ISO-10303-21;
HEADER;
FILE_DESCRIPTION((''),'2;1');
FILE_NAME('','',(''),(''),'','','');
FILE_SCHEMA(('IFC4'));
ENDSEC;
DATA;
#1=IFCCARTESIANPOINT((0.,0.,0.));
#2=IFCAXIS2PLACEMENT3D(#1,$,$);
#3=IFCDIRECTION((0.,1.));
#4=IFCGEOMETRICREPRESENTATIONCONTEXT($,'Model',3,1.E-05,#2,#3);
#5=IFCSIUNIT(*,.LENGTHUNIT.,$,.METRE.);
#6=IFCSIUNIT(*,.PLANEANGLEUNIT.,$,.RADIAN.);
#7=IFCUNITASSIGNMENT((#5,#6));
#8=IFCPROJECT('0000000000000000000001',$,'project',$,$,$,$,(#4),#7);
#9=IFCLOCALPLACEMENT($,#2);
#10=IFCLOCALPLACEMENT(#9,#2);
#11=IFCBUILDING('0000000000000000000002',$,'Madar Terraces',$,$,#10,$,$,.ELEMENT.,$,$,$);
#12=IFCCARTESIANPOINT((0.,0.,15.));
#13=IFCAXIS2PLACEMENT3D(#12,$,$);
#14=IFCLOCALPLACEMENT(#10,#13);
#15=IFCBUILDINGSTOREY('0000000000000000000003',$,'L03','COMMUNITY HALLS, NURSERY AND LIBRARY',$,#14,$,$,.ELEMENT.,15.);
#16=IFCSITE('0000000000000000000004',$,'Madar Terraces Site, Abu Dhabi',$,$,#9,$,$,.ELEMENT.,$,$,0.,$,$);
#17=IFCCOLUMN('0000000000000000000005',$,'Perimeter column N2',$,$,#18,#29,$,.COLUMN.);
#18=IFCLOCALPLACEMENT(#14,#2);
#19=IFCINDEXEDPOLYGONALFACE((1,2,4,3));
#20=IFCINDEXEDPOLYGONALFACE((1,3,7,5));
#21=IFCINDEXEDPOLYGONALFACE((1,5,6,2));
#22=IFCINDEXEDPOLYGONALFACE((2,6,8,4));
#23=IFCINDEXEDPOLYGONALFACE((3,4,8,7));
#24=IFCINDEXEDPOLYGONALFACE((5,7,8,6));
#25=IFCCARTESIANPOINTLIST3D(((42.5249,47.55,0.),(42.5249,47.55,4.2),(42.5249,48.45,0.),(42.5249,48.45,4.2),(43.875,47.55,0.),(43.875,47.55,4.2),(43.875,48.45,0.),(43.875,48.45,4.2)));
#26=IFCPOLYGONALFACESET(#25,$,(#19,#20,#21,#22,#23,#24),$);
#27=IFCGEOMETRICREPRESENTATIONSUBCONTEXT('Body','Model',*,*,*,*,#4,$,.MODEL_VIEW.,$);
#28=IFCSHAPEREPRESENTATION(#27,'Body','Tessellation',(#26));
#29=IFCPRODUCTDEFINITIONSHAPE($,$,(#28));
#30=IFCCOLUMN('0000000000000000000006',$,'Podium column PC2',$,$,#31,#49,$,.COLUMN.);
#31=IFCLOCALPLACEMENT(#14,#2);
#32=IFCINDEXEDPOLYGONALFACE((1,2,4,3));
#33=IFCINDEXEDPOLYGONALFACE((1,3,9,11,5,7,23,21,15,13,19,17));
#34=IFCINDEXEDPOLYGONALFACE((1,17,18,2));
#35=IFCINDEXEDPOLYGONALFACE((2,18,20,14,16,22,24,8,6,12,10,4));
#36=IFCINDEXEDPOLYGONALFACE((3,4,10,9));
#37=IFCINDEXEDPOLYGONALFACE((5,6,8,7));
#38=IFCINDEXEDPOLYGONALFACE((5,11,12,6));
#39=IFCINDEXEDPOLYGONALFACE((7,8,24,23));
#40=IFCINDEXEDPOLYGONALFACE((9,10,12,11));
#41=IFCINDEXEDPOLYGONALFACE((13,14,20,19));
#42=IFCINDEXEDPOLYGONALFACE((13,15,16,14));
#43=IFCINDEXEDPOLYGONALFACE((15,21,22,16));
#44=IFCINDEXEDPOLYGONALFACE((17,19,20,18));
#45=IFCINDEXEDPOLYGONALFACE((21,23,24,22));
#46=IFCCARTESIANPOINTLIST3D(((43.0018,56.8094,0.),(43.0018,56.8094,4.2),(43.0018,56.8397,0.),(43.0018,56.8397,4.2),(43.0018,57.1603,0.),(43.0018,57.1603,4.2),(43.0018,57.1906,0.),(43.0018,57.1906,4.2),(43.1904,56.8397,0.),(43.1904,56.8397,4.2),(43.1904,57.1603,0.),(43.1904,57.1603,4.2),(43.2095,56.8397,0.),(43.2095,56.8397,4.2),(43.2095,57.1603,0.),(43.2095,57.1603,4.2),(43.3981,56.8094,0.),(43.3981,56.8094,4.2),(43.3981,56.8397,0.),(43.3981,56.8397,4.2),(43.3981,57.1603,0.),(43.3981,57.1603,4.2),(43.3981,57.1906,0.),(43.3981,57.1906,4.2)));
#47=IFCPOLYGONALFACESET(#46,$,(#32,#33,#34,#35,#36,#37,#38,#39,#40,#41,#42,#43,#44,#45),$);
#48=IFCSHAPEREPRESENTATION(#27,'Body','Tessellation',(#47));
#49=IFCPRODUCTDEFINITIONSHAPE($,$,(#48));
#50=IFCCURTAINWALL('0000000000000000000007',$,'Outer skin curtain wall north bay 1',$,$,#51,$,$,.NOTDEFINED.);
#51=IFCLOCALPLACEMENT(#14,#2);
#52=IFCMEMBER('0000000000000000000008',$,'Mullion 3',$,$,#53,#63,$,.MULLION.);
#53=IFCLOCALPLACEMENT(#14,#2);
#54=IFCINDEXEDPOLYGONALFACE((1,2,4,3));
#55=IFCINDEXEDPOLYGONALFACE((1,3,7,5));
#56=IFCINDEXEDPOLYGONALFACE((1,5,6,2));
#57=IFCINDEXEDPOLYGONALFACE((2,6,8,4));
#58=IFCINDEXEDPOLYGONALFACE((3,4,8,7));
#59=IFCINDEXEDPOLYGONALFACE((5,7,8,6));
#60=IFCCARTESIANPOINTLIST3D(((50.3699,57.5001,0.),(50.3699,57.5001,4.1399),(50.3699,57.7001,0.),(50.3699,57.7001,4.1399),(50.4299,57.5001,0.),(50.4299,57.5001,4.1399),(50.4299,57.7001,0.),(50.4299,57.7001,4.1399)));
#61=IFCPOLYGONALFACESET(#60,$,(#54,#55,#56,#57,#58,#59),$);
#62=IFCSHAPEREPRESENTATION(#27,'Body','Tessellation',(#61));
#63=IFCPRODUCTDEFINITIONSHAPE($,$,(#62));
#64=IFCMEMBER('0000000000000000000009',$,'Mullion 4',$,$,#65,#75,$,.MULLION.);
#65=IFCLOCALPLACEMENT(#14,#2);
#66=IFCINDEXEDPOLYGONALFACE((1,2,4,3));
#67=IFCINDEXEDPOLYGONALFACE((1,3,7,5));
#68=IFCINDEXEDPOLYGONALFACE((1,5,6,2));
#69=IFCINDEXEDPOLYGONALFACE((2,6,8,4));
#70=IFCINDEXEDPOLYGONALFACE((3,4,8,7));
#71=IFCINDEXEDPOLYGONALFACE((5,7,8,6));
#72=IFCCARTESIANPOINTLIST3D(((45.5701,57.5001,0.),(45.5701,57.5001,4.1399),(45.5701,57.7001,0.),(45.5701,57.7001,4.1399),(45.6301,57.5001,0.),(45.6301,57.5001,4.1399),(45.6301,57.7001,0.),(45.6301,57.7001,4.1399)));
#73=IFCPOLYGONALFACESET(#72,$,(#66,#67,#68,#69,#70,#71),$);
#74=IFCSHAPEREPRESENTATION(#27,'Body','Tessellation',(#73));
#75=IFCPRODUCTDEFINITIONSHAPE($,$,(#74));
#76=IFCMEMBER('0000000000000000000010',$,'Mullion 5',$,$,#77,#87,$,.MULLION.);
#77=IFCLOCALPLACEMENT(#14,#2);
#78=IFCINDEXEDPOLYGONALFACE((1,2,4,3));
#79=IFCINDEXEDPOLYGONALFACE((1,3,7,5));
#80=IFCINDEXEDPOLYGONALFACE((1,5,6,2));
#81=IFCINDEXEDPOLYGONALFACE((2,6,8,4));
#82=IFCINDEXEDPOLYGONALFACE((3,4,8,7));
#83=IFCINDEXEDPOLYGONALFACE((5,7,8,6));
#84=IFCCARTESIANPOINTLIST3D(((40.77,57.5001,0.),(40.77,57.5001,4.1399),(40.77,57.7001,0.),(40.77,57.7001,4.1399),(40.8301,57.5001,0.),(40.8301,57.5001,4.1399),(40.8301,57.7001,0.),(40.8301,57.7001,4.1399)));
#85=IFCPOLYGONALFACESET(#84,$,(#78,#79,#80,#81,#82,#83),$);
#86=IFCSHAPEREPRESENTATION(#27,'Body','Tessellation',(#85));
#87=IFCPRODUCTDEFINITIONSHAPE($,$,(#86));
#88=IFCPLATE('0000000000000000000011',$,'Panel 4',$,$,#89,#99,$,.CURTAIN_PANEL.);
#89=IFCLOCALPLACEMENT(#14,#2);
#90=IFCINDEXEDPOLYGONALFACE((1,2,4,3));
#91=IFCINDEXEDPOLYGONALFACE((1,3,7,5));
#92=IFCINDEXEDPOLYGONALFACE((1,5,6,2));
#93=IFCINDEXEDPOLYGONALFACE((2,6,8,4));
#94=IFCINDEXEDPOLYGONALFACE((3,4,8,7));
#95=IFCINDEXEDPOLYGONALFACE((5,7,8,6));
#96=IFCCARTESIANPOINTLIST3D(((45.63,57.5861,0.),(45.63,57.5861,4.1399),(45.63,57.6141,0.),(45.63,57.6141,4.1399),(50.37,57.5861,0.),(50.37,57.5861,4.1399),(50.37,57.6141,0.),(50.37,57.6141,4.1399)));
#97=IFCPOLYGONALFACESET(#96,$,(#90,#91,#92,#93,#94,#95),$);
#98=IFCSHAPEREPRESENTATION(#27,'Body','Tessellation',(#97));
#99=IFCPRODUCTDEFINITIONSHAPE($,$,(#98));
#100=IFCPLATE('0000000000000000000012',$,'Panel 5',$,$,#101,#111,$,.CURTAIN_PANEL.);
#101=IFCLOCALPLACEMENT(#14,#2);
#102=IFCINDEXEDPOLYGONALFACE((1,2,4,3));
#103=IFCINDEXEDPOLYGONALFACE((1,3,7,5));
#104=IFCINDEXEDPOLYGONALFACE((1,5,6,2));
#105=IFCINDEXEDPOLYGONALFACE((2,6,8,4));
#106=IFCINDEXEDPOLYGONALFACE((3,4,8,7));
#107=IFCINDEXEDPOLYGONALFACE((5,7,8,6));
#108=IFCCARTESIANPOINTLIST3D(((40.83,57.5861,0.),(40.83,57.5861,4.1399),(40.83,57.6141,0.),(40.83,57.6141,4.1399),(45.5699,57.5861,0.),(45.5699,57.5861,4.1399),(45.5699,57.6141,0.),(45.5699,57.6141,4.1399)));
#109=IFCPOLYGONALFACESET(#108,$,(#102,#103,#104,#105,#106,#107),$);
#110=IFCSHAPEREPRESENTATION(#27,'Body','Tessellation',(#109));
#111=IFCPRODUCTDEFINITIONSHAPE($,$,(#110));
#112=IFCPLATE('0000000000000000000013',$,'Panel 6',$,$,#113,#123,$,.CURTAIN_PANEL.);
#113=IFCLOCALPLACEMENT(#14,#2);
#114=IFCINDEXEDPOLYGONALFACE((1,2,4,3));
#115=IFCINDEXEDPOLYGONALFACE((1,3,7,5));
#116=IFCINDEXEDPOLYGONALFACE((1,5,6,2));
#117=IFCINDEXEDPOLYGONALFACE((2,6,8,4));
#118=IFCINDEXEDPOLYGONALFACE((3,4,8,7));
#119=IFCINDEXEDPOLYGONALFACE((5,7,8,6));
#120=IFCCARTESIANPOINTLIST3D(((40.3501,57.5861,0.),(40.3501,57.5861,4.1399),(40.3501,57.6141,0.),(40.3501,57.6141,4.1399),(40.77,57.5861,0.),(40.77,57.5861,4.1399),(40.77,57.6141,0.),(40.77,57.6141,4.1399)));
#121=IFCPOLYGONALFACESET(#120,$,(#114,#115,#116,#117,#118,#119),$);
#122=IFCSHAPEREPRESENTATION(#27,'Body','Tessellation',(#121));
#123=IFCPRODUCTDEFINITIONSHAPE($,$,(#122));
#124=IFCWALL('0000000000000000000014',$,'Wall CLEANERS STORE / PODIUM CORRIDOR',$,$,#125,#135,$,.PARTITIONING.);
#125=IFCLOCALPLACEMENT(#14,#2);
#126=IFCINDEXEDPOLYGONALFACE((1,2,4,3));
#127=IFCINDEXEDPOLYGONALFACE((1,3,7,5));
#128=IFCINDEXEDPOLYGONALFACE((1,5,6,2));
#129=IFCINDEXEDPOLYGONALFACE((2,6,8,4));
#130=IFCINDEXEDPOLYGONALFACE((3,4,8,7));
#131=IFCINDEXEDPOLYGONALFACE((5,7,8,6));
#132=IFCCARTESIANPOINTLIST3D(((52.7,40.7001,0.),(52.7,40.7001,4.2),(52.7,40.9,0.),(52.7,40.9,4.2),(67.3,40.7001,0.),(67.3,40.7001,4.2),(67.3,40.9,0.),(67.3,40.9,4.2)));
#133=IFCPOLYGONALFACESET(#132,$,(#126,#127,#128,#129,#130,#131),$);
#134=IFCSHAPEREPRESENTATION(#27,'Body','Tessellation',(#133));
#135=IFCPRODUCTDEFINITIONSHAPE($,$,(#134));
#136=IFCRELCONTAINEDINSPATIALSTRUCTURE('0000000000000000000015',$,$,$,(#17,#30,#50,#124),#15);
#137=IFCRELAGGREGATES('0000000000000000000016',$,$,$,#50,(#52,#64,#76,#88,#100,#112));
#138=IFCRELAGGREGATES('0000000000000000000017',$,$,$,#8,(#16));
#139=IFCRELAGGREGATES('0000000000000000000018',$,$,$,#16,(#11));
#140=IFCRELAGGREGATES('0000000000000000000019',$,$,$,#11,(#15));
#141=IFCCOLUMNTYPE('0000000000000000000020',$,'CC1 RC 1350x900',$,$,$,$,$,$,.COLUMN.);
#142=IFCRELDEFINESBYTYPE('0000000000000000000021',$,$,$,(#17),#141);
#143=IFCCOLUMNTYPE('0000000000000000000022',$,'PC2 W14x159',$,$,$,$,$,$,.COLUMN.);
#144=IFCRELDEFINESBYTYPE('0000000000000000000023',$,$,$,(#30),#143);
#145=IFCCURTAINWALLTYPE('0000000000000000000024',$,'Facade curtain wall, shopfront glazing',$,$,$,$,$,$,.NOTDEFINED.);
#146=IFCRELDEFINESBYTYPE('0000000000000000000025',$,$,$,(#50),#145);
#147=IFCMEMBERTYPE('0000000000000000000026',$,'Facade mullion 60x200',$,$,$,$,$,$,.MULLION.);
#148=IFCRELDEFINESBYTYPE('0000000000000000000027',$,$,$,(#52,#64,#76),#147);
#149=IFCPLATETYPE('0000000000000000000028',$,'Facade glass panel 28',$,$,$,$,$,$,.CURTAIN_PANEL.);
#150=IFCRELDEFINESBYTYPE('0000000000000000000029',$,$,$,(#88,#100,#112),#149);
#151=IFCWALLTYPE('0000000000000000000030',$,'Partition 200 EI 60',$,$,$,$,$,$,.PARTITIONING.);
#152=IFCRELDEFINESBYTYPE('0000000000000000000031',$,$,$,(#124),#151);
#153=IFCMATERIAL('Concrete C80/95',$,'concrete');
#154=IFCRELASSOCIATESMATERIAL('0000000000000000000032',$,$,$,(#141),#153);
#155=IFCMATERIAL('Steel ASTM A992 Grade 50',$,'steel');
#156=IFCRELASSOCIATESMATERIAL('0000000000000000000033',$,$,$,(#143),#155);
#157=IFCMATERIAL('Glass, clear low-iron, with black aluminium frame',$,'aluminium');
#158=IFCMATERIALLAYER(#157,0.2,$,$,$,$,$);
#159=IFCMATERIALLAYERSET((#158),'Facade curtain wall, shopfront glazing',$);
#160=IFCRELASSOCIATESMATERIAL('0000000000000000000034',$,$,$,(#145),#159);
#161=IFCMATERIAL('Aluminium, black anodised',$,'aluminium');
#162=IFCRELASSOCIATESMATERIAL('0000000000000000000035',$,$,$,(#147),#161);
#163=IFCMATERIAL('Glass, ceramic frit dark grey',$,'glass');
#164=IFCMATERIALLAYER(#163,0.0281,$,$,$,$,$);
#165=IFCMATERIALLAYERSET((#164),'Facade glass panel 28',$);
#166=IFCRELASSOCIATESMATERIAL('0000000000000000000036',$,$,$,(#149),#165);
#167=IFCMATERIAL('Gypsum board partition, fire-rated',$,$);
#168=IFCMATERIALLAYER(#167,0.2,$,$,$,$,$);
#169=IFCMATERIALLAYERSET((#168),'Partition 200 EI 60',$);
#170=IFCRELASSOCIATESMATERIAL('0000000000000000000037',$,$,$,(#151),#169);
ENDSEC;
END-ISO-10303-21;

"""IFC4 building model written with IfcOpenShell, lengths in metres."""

from ifc_helpers import new_model, si_unit, direction, frame, frame_2d, origin, origin_2d, place, context, subcontext, project, spatial, rectangle, i_section, extrude, material, layer, layer_set, material_profile, profile_set, type_object, element, aggregate, save


model = new_model("IFC4")

# Units and contexts
model_context = context("Model", 3, precision=1e-05, world=origin(), true_north=direction((0.0, 1.0)))
body_context = subcontext(model_context, "Body", "Model", "MODEL_VIEW")
ifc_project = project(units=[si_unit("LENGTHUNIT", "METRE"), si_unit("PLANEANGLEUNIT", "RADIAN")], contexts=[model_context])

# Site, building, storey
site_placement = place(None, origin())
site = spatial("IfcSite", under=ifc_project, at=site_placement, Name="Madar Terraces Site, Abu Dhabi", CompositionType="ELEMENT", RefElevation=0.0)
building_placement = place(site_placement, origin())
building = spatial("IfcBuilding", under=site, at=building_placement, Name="Madar Terraces", CompositionType="ELEMENT")
storey_placement = place(building_placement, frame((0.0, 0.0, 15.0)))
storey = spatial("IfcBuildingStorey", under=building, at=storey_placement, Name="L03", Description="COMMUNITY HALLS, NURSERY AND LIBRARY", CompositionType="ELEMENT", Elevation=15.0)

# Columns
ifc_material_1 = material(Name="Concrete C80/95", Category="concrete")
ifc_material_profile_1 = material_profile(ifc_material_1, rectangle(XDim=1.3501, YDim=0.8999, at=origin_2d()), Name="CC1 RC 1350x900")
ifc_profile_set_1 = profile_set([ifc_material_profile_1], Name="Concrete C80/95")
column_type_1 = type_object("IfcColumnType", Name="CC1 RC 1350x900", PredefinedType="COLUMN", material=ifc_profile_set_1)
column_1_placement = place(storey_placement, frame((43.2, 48.0, 0.0), z_axis=(0.0, 0.0, 1.0), x_axis=(1.0, 0.0, 0.0)))
element("IfcColumn", 1, at=column_1_placement, inside=storey, type_object=column_type_1, Name="Perimeter column N2", PredefinedType="COLUMN", context=body_context, shape_type="SweptSolid", body=[
    extrude(rectangle(XDim=1.3501, YDim=0.8999, at=origin_2d()), origin(), (0.0, 0.0, 1.0), 4.2),
])
ifc_material_2 = material(Name="Steel ASTM A992 Grade 50", Category="steel")
ifc_material_profile_2 = material_profile(ifc_material_2, i_section(OverallWidth=0.3962, OverallDepth=0.3811, WebThickness=0.019, FlangeThickness=0.0303, at=origin_2d()), Name="W14x159")
ifc_profile_set_2 = profile_set([ifc_material_profile_2], Name="Steel ASTM A992 Grade 50")
column_type_2 = type_object("IfcColumnType", Name="PC2 W14x159", PredefinedType="COLUMN", material=ifc_profile_set_2)
column_2_placement = place(storey_placement, frame((43.2, 57.0, 0.0), z_axis=(0.0, 0.0, 1.0), x_axis=(1.0, 0.0, 0.0)))
element("IfcColumn", 2, at=column_2_placement, inside=storey, type_object=column_type_2, Name="Podium column PC2", PredefinedType="COLUMN", context=body_context, shape_type="SweptSolid", body=[
    extrude(i_section(OverallWidth=0.3962, OverallDepth=0.3811, WebThickness=0.019, FlangeThickness=0.0303, at=origin_2d()), origin(), (0.0, 0.0, 1.0), 4.2),
])

# Curtain wall, members, plates
ifc_material_3 = material(Name="Glass, clear low-iron, with black aluminium frame", Category="aluminium")
ifc_layer_1 = layer(ifc_material_3, 0.2)
ifc_layer_set_1 = layer_set([ifc_layer_1], Name="Facade curtain wall, shopfront glazing")
curtain_wall_type = type_object("IfcCurtainWallType", Name="Facade curtain wall, shopfront glazing", PredefinedType="NOTDEFINED", material=ifc_layer_set_1)
curtain_wall_placement = place(storey_placement, origin())
curtain_wall = element("IfcCurtainWall", 3, at=curtain_wall_placement, inside=storey, type_object=curtain_wall_type, Name="Outer skin curtain wall north bay 1", PredefinedType="NOTDEFINED")
ifc_material_4 = material(Name="Aluminium, black anodised", Category="aluminium")
ifc_material_profile_3 = material_profile(ifc_material_4, rectangle(XDim=0.2, YDim=0.0601, at=origin_2d()), Name="Facade mullion 60x200")
ifc_profile_set_3 = profile_set([ifc_material_profile_3], Name="Aluminium, black anodised")
member_type = type_object("IfcMemberType", Name="Facade mullion 60x200", PredefinedType="MULLION", material=ifc_profile_set_3)
member_1_placement = place(storey_placement, frame((50.3999, 57.6001, 0.0), z_axis=(0.0, 0.0, 1.0), x_axis=(0.0, -1.0, 0.0)))
member_1 = element("IfcMember", 4, at=member_1_placement, type_object=member_type, Name="Mullion 3", PredefinedType="MULLION", context=body_context, shape_type="SweptSolid", body=[
    extrude(rectangle(XDim=0.2, YDim=0.0601, at=origin_2d()), origin(), (0.0, 0.0, 1.0), 4.1399),
])
member_2_placement = place(storey_placement, frame((45.6001, 57.6001, 0.0), z_axis=(0.0, 0.0, 1.0), x_axis=(0.0, -1.0, 0.0)))
member_2 = element("IfcMember", 5, at=member_2_placement, type_object=member_type, Name="Mullion 4", PredefinedType="MULLION", context=body_context, shape_type="SweptSolid", body=[
    extrude(rectangle(XDim=0.2, YDim=0.0601, at=origin_2d()), origin(), (0.0, 0.0, 1.0), 4.1399),
])
member_3_placement = place(storey_placement, frame((40.8, 57.6001, 0.0), z_axis=(0.0, 0.0, 1.0), x_axis=(0.0, -1.0, 0.0)))
member_3 = element("IfcMember", 6, at=member_3_placement, type_object=member_type, Name="Mullion 5", PredefinedType="MULLION", context=body_context, shape_type="SweptSolid", body=[
    extrude(rectangle(XDim=0.2, YDim=0.0601, at=origin_2d()), origin(), (0.0, 0.0, 1.0), 4.1399),
])
ifc_material_5 = material(Name="Glass, ceramic frit dark grey", Category="glass")
ifc_layer_2 = layer(ifc_material_5, 0.0281)
ifc_layer_set_2 = layer_set([ifc_layer_2], Name="Facade glass panel 28")
plate_type = type_object("IfcPlateType", Name="Facade glass panel 28", PredefinedType="CURTAIN_PANEL", material=ifc_layer_set_2)
plate_1_placement = place(storey_placement, frame((48.0, 57.6001, 0.0), z_axis=(0.0, 0.0, 1.0), x_axis=(-1.0, 0.0, 0.0)))
plate_1 = element("IfcPlate", 7, at=plate_1_placement, type_object=plate_type, Name="Panel 4", PredefinedType="CURTAIN_PANEL", context=body_context, shape_type="SweptSolid", body=[
    extrude(rectangle(XDim=4.74, YDim=0.0281, at=origin_2d()), origin(), (0.0, 0.0, 1.0), 4.1399),
])
plate_2_placement = place(storey_placement, frame((43.2, 57.6001, 0.0), z_axis=(0.0, 0.0, 1.0), x_axis=(-1.0, 0.0, 0.0)))
plate_2 = element("IfcPlate", 8, at=plate_2_placement, type_object=plate_type, Name="Panel 5", PredefinedType="CURTAIN_PANEL", context=body_context, shape_type="SweptSolid", body=[
    extrude(rectangle(XDim=4.74, YDim=0.0281, at=origin_2d()), origin(), (0.0, 0.0, 1.0), 4.1399),
])
plate_3_placement = place(storey_placement, frame((40.5601, 57.6001, 0.0), z_axis=(0.0, 0.0, 1.0), x_axis=(-1.0, 0.0, 0.0)))
plate_3 = element("IfcPlate", 9, at=plate_3_placement, type_object=plate_type, Name="Panel 6", PredefinedType="CURTAIN_PANEL", context=body_context, shape_type="SweptSolid", body=[
    extrude(rectangle(XDim=0.4199, YDim=0.0281, at=origin_2d()), origin(), (0.0, 0.0, 1.0), 4.1399),
])
aggregate(curtain_wall, [member_1, member_2, member_3, plate_1, plate_2, plate_3])

# Wall
ifc_material_6 = material(Name="Gypsum board partition, fire-rated")
ifc_layer_3 = layer(ifc_material_6, 0.2)
ifc_layer_set_3 = layer_set([ifc_layer_3], Name="Partition 200 EI 60")
wall_type_1 = type_object("IfcWallType", Name="Partition 200 EI 60", PredefinedType="PARTITIONING", material=ifc_layer_set_3)
wall_1_placement = place(storey_placement, frame((52.7, 40.8, 0.0), z_axis=(0.0, 0.0, 1.0), x_axis=(1.0, 0.0, 0.0)))
element("IfcWall", 10, at=wall_1_placement, inside=storey, type_object=wall_type_1, Name="Wall CLEANERS STORE / PODIUM CORRIDOR", PredefinedType="PARTITIONING", context=body_context, shape_type="SweptSolid", body=[
    extrude(rectangle(XDim=14.6001, YDim=0.2, at=frame_2d((7.3, 0.0))), origin(), (0.0, 0.0, 1.0), 4.2),
])

save(model, "model.ifc")
